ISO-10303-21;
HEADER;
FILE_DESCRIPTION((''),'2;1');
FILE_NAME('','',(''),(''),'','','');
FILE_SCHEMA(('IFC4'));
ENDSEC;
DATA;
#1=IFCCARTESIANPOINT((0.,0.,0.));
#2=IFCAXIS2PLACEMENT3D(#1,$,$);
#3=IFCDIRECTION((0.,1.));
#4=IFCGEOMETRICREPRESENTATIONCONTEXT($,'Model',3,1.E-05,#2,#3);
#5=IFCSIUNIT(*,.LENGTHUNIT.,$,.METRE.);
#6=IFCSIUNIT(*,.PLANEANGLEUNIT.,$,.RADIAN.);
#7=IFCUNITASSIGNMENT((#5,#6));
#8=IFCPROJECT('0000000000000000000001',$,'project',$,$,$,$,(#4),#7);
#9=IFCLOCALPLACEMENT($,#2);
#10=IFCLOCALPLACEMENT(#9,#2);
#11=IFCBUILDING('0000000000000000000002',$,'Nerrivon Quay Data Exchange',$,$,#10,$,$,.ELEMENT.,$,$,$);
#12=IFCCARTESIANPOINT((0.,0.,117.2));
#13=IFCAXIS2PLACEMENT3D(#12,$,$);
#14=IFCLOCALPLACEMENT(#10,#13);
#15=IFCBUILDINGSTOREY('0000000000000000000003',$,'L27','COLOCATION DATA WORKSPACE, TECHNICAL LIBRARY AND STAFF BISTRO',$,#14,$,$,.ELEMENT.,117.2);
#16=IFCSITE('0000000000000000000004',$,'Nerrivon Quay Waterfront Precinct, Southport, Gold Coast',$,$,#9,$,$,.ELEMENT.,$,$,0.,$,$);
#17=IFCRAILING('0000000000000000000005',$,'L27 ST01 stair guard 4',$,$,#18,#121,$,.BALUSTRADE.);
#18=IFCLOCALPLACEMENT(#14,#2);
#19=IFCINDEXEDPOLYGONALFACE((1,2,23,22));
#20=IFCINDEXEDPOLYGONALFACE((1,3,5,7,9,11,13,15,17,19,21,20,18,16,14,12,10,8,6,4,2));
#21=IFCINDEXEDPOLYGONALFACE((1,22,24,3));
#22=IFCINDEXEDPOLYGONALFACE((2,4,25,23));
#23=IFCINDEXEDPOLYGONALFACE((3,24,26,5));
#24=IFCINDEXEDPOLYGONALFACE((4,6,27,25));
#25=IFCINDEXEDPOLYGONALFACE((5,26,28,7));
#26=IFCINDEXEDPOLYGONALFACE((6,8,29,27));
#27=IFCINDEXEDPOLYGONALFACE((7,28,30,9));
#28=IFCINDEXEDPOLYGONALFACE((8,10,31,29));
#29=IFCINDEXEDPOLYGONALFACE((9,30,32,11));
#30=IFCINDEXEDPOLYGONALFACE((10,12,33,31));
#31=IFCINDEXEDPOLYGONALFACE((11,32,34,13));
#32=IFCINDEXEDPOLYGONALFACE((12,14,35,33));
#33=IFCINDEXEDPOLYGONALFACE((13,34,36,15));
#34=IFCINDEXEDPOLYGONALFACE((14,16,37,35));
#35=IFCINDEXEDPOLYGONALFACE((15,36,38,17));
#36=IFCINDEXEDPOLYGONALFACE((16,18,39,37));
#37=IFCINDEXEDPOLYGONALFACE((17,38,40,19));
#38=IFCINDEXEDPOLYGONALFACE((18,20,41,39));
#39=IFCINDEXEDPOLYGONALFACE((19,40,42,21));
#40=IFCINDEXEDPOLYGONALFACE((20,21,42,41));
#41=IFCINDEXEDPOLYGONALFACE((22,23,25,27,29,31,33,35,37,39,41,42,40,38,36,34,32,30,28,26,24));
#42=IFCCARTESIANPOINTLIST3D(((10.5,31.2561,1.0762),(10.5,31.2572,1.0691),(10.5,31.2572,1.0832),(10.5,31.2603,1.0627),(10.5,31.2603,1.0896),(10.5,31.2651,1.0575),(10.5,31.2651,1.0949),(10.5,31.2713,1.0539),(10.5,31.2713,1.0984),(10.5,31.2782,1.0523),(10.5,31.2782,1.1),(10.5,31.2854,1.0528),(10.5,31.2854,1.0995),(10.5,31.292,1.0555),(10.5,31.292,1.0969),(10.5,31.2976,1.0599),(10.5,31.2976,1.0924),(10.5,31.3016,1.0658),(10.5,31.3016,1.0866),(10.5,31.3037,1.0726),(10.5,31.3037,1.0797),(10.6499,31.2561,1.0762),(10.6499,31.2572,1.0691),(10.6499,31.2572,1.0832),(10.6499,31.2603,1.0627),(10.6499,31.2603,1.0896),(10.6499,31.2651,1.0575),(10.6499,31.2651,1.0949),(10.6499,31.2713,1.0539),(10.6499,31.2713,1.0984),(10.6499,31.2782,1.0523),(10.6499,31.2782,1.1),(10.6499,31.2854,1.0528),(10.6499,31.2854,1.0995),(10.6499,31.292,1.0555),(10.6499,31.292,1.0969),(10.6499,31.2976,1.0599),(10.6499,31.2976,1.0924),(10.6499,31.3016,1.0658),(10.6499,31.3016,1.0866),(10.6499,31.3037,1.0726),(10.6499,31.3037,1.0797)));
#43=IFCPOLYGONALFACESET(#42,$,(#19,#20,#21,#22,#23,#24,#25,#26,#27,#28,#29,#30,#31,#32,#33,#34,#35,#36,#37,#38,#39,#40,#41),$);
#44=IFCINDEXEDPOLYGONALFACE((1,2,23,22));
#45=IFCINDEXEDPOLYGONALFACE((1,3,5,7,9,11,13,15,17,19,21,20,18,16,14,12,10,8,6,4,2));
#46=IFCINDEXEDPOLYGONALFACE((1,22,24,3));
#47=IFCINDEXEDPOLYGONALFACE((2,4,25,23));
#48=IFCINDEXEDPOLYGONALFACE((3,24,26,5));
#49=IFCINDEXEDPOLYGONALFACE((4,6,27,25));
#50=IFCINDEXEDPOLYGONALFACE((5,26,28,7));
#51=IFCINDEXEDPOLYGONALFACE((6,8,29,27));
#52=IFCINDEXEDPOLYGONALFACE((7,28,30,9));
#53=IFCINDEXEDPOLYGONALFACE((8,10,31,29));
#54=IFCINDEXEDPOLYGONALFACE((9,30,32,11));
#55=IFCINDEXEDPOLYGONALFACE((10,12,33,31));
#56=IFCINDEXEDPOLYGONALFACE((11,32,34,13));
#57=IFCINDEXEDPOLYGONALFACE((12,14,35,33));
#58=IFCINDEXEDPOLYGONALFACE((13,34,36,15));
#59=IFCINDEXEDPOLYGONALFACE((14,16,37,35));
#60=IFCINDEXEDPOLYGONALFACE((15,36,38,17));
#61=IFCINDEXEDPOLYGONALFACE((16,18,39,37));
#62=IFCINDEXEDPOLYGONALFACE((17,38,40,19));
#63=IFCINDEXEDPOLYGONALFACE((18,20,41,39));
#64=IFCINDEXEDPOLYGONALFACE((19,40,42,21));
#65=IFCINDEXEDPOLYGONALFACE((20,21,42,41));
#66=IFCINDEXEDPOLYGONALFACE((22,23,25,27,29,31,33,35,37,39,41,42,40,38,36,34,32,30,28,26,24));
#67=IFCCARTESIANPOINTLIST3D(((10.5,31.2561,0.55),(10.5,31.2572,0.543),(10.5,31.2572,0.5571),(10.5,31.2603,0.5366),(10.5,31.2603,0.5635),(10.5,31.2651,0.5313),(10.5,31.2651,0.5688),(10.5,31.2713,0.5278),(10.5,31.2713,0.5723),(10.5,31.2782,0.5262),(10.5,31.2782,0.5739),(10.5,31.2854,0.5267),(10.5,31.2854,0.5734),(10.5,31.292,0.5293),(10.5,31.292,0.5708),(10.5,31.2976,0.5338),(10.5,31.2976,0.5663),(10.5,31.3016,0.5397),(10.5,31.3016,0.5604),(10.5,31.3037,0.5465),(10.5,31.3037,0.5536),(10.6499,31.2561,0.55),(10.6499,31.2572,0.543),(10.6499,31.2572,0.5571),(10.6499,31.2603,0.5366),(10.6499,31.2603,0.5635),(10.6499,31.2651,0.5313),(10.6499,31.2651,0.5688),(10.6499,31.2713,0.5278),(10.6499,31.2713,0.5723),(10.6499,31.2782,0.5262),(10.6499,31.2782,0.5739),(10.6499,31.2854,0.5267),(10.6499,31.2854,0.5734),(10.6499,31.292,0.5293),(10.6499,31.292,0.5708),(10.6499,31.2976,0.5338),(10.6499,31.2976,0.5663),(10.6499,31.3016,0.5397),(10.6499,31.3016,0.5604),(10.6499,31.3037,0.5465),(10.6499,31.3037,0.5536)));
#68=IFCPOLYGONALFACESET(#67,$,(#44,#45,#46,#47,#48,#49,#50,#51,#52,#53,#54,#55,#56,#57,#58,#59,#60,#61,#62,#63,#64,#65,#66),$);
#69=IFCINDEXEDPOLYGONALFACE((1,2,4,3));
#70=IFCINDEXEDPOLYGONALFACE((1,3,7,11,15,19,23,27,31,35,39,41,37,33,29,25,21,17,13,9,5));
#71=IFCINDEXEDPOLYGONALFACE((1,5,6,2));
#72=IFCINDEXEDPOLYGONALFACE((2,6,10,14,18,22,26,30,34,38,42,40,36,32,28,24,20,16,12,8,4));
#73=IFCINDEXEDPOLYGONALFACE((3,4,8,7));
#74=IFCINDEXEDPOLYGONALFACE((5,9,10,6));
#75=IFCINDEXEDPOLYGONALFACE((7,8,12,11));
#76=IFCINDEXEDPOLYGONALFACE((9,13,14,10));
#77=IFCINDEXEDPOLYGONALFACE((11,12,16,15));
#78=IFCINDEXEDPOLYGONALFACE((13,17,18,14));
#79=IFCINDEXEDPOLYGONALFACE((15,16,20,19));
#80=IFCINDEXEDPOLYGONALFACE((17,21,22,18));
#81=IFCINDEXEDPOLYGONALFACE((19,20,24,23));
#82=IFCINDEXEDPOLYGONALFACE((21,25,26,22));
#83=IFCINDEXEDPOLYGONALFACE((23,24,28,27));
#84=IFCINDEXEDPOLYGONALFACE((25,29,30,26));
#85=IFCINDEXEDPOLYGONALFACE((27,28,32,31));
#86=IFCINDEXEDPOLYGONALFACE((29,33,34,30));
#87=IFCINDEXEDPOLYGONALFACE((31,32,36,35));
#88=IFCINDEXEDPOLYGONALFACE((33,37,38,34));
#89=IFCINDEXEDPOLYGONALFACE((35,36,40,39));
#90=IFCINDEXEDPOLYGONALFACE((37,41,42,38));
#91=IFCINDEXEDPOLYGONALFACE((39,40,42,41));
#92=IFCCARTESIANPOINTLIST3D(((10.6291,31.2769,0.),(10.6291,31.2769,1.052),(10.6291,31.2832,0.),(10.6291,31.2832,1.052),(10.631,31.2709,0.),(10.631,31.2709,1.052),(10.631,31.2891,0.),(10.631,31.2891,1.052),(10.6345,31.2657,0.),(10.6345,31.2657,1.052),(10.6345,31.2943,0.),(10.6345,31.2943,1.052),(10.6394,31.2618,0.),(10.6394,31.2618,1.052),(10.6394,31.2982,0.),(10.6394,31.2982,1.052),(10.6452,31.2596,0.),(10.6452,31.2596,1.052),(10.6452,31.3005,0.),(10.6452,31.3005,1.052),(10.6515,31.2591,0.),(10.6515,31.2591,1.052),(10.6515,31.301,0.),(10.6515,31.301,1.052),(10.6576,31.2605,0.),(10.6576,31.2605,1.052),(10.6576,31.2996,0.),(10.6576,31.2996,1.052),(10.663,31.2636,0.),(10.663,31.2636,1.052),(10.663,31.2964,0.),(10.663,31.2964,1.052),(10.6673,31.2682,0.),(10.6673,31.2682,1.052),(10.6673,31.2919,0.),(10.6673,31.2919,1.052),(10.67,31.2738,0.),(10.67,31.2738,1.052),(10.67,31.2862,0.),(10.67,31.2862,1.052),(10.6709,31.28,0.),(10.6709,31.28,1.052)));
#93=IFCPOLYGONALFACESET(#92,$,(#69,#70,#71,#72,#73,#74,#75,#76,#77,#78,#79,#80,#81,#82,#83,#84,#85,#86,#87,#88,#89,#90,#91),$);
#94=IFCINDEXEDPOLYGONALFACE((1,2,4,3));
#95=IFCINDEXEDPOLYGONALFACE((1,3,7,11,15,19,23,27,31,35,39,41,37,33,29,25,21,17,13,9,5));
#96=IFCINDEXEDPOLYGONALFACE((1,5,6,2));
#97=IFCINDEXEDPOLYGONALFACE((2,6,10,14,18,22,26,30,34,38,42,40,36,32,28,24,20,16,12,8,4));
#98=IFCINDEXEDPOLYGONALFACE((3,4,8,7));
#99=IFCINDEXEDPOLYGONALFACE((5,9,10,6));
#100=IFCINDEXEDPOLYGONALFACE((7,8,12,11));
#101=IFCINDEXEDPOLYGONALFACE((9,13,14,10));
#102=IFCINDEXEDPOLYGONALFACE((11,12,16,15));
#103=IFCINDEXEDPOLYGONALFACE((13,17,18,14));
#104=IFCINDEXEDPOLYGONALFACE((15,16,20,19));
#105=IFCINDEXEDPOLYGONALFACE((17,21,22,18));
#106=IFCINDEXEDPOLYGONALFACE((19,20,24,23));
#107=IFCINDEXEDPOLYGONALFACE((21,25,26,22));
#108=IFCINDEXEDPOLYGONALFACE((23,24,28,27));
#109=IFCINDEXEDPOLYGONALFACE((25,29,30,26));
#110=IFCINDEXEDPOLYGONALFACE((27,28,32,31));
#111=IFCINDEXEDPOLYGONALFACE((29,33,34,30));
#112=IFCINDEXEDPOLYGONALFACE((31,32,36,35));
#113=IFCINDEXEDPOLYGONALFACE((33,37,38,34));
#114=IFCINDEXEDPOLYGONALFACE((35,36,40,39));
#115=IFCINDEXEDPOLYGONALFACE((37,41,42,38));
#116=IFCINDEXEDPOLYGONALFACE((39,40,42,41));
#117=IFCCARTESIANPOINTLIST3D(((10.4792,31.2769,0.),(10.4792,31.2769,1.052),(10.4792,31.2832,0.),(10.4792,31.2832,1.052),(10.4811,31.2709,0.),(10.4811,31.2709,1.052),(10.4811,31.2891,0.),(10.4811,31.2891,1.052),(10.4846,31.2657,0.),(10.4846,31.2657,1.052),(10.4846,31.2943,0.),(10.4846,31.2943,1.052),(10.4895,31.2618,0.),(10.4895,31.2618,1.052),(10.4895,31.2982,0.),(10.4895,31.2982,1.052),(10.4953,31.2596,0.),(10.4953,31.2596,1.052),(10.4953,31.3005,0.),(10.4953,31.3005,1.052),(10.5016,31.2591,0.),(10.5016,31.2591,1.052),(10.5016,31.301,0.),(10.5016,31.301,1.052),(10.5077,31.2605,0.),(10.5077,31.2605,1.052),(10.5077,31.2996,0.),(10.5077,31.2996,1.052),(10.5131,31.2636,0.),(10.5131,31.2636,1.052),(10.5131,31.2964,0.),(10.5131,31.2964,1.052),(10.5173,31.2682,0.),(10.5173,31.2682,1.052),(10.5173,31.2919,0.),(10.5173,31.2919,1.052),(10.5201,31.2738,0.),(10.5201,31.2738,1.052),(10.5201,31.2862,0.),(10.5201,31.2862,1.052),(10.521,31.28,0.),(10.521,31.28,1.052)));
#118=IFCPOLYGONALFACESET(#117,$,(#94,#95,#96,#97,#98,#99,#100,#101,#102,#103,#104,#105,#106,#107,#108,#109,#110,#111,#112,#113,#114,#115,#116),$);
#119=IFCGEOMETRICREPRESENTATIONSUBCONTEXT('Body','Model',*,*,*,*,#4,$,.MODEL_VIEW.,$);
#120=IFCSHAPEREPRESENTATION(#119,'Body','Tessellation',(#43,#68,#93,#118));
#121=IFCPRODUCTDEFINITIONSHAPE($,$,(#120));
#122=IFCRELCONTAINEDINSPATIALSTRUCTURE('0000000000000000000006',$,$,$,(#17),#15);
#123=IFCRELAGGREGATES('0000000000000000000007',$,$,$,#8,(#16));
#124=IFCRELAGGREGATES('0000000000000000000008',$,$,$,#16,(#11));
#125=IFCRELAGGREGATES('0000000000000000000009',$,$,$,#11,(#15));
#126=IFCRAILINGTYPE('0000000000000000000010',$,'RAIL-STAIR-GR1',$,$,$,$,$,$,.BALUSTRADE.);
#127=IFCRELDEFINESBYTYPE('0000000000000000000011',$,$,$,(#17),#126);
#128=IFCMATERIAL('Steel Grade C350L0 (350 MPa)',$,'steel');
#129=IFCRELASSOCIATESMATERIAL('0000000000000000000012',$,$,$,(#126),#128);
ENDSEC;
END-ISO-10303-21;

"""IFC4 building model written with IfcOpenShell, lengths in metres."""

from ifc_helpers import new_model, si_unit, direction, frame, origin, origin_2d, place, context, subcontext, project, spatial, circle, extrude, material, type_object, element, save


model = new_model("IFC4")

# Units and contexts
model_context = context("Model", 3, precision=1e-05, world=origin(), true_north=direction((0.0, 1.0)))
body_context = subcontext(model_context, "Body", "Model", "MODEL_VIEW")
ifc_project = project(units=[si_unit("LENGTHUNIT", "METRE"), si_unit("PLANEANGLEUNIT", "RADIAN")], contexts=[model_context])

# Site, building, storey
site_placement = place(None, origin())
site = spatial("IfcSite", under=ifc_project, at=site_placement, Name="Nerrivon Quay Waterfront Precinct, Southport, Gold Coast", CompositionType="ELEMENT", RefElevation=0.0)
building_placement = place(site_placement, origin())
building = spatial("IfcBuilding", under=site, at=building_placement, Name="Nerrivon Quay Data Exchange", CompositionType="ELEMENT")
storey_placement = place(building_placement, frame((0.0, 0.0, 117.2)))
storey = spatial("IfcBuildingStorey", under=building, at=storey_placement, Name="L27", Description="COLOCATION DATA WORKSPACE, TECHNICAL LIBRARY AND STAFF BISTRO", CompositionType="ELEMENT", Elevation=117.2)

# Railing
ifc_material_1 = material(Name="Steel Grade C350L0 (350 MPa)", Category="steel")
railing_type_1 = type_object("IfcRailingType", Name="RAIL-STAIR-GR1", PredefinedType="BALUSTRADE", material=ifc_material_1)
railing_1_placement = place(storey_placement, frame((10.6499, 31.28, 0.0)))
element("IfcRailing", 1, at=railing_1_placement, inside=storey, type_object=railing_type_1, Name="L27 ST01 stair guard 4", PredefinedType="BALUSTRADE", context=body_context, shape_type="SweptSolid", body=[
    extrude(circle(Radius=0.0239, at=origin_2d()), frame((0.0, 0.0, 1.0762), z_axis=(-1.0, 0.0, 0.0), x_axis=(0.0, -1.0, 0.0)), (0.0, 0.0, 1.0), 0.1499),
    extrude(circle(Radius=0.0239, at=origin_2d()), frame((0.0, 0.0, 0.55), z_axis=(-1.0, 0.0, 0.0), x_axis=(0.0, -1.0, 0.0)), (0.0, 0.0, 1.0), 0.1499),
    extrude(circle(Radius=0.021, at=origin_2d()), origin(), (0.0, 0.0, 1.0), 1.052),
    extrude(circle(Radius=0.021, at=origin_2d()), frame((-0.1499, 0.0, 0.0)), (0.0, 0.0, 1.0), 1.052),
])

save(model, "model.ifc")
